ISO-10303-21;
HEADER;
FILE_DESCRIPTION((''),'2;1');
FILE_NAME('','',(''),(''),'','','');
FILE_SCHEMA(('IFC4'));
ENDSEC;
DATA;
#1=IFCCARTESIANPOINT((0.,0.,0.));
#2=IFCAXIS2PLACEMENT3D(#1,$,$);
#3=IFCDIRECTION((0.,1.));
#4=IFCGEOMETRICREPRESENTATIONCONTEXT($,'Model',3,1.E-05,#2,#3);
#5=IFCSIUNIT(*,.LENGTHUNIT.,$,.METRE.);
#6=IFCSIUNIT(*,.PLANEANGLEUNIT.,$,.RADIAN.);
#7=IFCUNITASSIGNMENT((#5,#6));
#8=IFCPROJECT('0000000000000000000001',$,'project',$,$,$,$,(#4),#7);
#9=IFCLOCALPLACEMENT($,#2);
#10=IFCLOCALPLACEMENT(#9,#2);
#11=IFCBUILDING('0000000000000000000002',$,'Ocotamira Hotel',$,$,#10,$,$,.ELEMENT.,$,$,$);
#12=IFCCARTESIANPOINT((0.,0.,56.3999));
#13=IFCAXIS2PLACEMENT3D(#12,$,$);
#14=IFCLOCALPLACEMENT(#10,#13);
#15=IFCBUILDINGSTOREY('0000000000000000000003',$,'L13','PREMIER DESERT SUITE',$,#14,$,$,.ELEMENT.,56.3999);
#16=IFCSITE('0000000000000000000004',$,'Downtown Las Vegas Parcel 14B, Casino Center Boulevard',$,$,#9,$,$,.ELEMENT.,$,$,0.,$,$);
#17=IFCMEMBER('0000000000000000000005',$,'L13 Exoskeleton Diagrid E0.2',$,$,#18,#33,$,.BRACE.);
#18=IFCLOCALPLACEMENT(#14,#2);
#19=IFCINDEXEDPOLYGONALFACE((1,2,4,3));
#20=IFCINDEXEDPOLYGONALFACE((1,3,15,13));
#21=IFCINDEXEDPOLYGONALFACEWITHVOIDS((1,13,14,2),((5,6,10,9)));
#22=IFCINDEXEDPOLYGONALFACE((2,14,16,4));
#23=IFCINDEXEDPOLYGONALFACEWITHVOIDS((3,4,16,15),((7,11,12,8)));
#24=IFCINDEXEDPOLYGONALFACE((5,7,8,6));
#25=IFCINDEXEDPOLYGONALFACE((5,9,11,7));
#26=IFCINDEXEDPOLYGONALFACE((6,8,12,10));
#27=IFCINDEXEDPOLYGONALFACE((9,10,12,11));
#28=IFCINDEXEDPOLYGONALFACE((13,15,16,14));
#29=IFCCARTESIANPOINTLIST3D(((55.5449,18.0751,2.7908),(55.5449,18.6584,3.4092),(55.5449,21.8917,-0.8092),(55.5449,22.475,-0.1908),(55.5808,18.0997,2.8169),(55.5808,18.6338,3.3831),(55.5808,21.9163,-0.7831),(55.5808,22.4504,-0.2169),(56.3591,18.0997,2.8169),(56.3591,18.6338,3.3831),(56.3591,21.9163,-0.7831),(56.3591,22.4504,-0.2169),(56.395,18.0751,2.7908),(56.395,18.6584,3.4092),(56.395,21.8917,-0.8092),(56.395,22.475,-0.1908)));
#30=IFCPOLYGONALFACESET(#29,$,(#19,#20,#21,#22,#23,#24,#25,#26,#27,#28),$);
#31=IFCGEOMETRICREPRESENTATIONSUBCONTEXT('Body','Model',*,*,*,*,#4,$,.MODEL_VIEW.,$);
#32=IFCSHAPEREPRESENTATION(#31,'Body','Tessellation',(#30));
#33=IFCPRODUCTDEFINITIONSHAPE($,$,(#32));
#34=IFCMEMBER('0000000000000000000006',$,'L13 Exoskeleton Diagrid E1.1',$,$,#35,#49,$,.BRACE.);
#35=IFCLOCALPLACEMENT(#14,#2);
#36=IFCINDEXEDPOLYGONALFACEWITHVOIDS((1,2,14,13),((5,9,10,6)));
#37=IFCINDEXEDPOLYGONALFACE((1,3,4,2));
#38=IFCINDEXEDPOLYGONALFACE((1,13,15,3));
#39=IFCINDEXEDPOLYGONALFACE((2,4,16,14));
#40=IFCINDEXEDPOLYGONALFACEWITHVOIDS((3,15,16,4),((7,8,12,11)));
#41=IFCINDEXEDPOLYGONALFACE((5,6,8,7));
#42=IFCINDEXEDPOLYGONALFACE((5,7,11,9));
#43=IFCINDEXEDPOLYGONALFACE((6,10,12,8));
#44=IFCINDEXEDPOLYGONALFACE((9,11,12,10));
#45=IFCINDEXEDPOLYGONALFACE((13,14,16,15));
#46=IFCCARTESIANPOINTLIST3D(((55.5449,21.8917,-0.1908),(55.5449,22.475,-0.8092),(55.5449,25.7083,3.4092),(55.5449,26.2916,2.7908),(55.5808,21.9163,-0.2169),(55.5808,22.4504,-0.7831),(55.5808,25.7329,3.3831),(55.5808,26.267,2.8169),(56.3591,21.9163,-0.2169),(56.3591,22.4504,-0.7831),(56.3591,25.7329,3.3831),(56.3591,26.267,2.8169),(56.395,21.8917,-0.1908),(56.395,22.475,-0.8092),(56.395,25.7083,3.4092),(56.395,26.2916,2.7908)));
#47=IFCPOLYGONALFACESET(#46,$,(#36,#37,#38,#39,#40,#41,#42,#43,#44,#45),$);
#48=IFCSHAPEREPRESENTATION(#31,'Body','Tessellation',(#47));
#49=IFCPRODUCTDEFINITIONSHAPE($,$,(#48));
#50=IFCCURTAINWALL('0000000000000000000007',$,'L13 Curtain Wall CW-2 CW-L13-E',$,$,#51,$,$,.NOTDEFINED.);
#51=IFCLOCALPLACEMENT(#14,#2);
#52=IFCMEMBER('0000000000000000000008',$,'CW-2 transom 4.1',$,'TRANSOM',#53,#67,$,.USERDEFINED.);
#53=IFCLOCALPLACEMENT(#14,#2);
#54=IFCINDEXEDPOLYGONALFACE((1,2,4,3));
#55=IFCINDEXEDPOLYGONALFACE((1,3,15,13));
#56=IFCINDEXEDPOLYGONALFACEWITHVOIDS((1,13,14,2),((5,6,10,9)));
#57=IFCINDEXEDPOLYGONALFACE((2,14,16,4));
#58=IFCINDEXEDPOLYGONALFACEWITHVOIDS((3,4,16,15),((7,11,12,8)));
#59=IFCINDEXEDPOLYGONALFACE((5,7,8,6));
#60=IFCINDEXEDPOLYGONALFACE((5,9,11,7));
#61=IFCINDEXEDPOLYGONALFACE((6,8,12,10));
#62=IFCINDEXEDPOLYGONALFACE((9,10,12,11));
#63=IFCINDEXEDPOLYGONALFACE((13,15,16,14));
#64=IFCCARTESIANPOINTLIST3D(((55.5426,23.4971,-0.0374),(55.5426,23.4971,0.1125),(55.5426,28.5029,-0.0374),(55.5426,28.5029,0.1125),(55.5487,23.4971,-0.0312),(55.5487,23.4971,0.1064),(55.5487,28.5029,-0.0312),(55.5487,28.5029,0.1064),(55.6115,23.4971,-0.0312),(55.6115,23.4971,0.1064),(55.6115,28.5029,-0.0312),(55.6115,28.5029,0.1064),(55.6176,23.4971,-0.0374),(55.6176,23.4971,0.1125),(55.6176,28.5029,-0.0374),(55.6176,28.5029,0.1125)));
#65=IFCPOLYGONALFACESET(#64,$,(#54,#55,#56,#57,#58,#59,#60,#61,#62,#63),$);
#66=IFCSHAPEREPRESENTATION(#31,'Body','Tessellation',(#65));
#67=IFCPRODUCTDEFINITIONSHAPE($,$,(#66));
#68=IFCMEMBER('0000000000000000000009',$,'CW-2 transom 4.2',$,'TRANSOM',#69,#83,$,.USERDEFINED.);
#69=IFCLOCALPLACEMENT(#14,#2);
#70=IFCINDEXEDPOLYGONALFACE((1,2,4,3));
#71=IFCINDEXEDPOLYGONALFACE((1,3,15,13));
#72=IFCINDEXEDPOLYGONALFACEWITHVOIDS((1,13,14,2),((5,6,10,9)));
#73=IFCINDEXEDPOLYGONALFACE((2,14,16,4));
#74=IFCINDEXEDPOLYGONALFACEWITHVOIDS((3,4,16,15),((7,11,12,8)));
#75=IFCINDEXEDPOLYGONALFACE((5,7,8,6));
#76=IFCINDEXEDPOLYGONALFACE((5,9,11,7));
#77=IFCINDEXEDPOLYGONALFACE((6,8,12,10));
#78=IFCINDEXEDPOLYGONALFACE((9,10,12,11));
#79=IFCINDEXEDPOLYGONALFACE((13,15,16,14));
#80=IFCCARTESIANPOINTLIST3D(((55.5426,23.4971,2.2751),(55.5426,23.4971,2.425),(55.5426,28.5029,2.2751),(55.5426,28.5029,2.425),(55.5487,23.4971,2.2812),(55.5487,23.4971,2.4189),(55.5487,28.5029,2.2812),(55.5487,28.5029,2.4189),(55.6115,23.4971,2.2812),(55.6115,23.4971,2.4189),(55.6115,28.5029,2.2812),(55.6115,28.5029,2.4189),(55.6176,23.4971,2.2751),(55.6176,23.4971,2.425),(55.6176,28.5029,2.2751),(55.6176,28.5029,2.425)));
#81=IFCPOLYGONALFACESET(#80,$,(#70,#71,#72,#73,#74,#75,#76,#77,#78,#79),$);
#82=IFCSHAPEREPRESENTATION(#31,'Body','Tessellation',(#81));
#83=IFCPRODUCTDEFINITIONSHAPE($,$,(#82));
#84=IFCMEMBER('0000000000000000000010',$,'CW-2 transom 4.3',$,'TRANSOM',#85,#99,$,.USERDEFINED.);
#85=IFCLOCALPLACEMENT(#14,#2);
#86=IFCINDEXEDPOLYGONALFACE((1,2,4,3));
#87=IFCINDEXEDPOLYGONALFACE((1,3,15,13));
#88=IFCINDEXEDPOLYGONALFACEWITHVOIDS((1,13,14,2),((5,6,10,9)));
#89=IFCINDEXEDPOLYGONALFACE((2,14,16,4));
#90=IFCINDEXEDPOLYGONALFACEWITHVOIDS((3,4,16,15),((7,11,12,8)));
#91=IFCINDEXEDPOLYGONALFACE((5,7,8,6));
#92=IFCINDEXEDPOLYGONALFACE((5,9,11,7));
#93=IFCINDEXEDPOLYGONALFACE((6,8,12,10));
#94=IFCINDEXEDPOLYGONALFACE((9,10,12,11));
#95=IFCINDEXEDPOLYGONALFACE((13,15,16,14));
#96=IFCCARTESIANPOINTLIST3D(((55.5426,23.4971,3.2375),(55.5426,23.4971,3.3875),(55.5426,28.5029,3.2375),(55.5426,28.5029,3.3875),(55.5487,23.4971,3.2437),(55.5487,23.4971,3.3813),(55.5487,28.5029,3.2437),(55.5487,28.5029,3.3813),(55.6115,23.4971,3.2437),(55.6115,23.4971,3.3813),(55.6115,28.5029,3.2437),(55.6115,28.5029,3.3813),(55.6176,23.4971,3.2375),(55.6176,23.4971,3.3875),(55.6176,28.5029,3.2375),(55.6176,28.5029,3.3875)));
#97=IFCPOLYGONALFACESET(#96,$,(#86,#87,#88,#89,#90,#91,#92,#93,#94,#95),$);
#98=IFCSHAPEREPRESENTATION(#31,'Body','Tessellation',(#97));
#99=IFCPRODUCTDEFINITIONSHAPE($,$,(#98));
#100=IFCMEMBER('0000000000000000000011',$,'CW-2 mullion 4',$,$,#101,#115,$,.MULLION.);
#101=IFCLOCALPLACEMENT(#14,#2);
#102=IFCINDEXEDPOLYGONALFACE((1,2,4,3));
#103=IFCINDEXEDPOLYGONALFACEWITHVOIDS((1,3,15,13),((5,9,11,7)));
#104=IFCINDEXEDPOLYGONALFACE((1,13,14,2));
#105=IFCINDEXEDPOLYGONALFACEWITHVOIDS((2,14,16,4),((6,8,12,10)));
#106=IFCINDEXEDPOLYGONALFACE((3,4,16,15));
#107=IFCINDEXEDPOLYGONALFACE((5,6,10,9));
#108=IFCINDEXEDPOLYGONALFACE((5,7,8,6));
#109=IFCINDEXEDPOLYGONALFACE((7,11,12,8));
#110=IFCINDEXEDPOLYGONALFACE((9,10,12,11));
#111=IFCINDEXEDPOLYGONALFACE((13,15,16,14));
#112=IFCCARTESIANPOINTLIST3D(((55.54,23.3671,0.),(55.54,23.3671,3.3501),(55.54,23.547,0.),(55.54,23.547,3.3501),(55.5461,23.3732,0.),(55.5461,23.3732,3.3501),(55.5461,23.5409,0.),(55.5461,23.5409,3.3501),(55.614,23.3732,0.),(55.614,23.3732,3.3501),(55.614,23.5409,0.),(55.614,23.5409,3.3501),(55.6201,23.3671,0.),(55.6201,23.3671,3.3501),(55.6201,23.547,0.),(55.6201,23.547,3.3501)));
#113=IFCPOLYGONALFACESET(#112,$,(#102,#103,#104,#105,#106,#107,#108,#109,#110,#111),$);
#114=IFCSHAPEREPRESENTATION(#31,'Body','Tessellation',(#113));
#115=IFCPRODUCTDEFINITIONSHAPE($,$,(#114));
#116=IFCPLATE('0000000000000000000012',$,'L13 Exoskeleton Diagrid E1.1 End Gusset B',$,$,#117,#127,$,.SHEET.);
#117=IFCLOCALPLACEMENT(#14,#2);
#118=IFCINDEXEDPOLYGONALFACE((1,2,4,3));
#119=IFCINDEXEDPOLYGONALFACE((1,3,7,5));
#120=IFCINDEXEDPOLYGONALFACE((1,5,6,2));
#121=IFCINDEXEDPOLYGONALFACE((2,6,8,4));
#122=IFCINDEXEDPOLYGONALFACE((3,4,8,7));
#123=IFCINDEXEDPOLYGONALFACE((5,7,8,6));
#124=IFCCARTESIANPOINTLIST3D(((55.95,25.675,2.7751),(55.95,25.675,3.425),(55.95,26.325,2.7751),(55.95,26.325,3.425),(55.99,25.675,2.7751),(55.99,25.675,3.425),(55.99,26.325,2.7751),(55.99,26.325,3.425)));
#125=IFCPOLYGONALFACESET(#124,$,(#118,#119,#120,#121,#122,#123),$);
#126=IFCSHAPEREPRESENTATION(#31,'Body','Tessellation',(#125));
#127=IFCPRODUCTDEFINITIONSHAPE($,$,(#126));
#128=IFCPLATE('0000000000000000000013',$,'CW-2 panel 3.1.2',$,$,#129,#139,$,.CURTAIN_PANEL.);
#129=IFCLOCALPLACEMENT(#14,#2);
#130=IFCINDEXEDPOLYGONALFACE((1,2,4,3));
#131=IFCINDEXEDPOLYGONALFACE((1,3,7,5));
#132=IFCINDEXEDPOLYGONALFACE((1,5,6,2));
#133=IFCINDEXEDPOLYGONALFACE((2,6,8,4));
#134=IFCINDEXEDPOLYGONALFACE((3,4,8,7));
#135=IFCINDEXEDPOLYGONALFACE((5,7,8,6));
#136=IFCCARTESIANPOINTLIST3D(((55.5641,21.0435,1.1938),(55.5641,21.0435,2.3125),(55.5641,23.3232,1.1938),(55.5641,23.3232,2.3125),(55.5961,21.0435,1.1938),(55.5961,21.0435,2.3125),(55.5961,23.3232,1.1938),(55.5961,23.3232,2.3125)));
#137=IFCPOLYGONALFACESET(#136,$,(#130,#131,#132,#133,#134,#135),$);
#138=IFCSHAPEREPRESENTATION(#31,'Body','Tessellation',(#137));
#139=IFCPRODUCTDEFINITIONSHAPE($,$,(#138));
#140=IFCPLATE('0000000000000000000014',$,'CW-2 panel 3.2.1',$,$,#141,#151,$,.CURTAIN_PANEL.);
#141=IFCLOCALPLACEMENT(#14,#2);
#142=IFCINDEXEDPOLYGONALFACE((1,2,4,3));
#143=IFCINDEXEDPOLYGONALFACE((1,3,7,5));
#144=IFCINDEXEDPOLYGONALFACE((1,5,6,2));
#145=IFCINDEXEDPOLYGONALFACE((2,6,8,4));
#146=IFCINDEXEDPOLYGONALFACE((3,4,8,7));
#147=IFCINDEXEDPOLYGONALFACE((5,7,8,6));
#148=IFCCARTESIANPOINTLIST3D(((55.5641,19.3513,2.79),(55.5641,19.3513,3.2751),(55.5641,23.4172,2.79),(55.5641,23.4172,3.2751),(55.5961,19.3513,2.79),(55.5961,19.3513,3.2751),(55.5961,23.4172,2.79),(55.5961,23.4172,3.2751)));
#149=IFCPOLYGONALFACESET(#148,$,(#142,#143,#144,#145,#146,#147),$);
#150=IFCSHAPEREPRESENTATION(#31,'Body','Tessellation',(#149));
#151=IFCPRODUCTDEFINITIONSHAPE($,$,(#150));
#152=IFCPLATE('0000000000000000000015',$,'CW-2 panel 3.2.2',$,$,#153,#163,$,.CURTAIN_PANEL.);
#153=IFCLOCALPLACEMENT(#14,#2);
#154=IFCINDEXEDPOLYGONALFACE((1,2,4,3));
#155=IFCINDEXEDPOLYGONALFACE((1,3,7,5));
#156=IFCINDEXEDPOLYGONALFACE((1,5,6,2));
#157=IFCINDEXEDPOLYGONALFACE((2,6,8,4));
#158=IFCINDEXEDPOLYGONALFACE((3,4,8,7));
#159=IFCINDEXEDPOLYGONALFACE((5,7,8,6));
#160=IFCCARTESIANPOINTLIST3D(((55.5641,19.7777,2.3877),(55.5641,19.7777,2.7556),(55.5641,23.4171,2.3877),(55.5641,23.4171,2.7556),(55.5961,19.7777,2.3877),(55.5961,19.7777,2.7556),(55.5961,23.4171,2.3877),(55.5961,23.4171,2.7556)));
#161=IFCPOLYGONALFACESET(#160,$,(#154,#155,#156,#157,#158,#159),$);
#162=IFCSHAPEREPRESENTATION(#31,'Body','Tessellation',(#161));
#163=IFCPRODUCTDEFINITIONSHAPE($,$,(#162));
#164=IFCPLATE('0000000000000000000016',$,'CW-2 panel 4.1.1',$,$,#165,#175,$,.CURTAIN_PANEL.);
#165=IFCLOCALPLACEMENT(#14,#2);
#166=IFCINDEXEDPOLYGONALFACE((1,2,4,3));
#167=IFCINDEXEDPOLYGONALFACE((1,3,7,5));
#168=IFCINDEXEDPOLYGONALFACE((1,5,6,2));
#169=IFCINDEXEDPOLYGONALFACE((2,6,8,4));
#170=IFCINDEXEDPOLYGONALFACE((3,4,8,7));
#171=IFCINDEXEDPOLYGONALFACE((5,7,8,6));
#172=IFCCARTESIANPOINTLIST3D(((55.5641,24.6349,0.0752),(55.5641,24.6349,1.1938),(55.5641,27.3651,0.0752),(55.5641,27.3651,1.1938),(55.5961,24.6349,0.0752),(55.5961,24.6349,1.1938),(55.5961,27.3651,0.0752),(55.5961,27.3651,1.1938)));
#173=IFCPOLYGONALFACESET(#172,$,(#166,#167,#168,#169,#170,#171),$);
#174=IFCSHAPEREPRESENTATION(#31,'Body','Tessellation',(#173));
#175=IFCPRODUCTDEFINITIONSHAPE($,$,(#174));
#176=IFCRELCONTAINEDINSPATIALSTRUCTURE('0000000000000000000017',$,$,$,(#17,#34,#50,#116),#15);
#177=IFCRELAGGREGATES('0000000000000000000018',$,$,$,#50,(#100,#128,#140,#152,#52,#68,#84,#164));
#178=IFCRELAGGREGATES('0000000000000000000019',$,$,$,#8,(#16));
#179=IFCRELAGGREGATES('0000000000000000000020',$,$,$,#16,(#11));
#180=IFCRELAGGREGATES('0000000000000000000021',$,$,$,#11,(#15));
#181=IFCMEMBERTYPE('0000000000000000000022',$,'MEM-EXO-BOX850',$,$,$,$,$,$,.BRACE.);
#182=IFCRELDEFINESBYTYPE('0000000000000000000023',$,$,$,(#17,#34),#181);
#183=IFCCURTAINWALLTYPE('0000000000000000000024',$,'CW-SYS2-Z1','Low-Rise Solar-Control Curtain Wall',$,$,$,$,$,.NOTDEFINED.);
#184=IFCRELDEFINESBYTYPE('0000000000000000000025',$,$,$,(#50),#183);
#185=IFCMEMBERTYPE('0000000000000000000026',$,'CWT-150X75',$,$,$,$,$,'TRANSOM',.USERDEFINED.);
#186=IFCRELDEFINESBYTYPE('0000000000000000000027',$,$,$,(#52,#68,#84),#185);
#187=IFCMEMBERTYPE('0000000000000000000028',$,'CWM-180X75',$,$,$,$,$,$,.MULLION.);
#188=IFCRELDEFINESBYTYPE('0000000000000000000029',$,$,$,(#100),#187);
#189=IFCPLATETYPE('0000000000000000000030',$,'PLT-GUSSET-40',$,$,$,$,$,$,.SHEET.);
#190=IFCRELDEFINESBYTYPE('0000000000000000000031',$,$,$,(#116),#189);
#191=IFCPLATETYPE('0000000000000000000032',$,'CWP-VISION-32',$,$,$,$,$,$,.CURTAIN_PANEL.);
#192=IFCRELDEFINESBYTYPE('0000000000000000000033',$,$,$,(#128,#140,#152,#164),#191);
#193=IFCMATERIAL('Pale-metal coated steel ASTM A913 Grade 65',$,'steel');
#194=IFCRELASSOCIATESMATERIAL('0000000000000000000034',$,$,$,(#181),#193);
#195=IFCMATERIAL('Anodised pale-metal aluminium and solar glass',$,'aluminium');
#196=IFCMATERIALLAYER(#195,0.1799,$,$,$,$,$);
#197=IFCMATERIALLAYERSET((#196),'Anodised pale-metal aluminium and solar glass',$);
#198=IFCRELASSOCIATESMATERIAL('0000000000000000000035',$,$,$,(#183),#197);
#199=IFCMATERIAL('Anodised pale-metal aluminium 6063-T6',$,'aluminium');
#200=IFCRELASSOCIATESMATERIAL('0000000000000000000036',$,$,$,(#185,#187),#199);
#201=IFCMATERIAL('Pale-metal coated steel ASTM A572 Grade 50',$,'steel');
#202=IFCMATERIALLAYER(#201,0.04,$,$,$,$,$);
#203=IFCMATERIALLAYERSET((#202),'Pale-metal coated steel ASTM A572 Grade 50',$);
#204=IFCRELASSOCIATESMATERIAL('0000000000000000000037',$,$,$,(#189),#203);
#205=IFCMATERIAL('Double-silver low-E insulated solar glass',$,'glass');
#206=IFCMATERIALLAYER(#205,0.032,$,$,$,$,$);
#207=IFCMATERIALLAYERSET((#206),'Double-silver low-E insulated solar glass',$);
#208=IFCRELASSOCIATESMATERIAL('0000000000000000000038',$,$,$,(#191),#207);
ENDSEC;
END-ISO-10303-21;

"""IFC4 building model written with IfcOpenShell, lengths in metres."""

from ifc_helpers import new_model, si_unit, direction, frame, origin, origin_2d, place, context, subcontext, project, spatial, rectangle, hollow_rectangle, extrude, source, transform, mapped, material, layer, layer_set, material_profile, profile_set, type_object, element, aggregate, save


model = new_model("IFC4")

# Units and contexts
model_context = context("Model", 3, precision=1e-05, world=origin(), true_north=direction((0.0, 1.0)))
body_context = subcontext(model_context, "Body", "Model", "MODEL_VIEW")
ifc_project = project(units=[si_unit("LENGTHUNIT", "METRE"), si_unit("PLANEANGLEUNIT", "RADIAN")], contexts=[model_context])

# Site, building, storey
site_placement = place(None, origin())
site = spatial("IfcSite", under=ifc_project, at=site_placement, Name="Downtown Las Vegas Parcel 14B, Casino Center Boulevard", CompositionType="ELEMENT", RefElevation=0.0)
building_placement = place(site_placement, origin())
building = spatial("IfcBuilding", under=site, at=building_placement, Name="Ocotamira Hotel", CompositionType="ELEMENT")
storey_placement = place(building_placement, frame((0.0, 0.0, 56.3999)))
storey = spatial("IfcBuildingStorey", under=building, at=storey_placement, Name="L13", Description="PREMIER DESERT SUITE", CompositionType="ELEMENT", Elevation=56.3999)

# Members
ifc_material_1 = material(Name="Pale-metal coated steel ASTM A913 Grade 65", Category="steel")
ifc_material_profile_1 = material_profile(ifc_material_1, hollow_rectangle(XDim=0.8501, YDim=0.8501, WallThickness=0.0359, at=origin_2d()), Name="BOX850X850X36")
ifc_profile_set_1 = profile_set([ifc_material_profile_1], Name="Pale-metal coated steel ASTM A913 Grade 65")
member_type_1 = type_object("IfcMemberType", Name="MEM-EXO-BOX850", PredefinedType="BRACE", material=ifc_profile_set_1)
shared_shape_1 = source(origin(), body_context, "Body", "SweptSolid", [
    extrude(hollow_rectangle(XDim=0.8501, YDim=0.8501, WallThickness=0.0359, at=origin_2d()), origin(), (0.0, 0.0, 1.0), 5.2466),
])
for number, where, z_axis, x_axis, name in (
    (1, (55.97, 22.1833, -0.5), (0.0, -0.727443, 0.686168), (1.0, 0.0, 0.0), "L13 Exoskeleton Diagrid E0.2"),
    (2, (55.97, 22.1833, -0.5), (0.0, 0.727443, 0.686168), (-1.0, 0.0, 0.0), "L13 Exoskeleton Diagrid E1.1"),
):
    element("IfcMember", number, at=place(storey_placement, frame(where, z_axis=z_axis, x_axis=x_axis)), inside=storey, type_object=member_type_1, Name=name, PredefinedType="BRACE", context=body_context, shape_type="MappedRepresentation", body=[
        mapped(shared_shape_1, transform((0.0, 0.0, 0.0), scale=1.0)),
    ])

# Curtain wall, members
ifc_material_2 = material(Name="Anodised pale-metal aluminium and solar glass", Category="aluminium")
ifc_layer_1 = layer(ifc_material_2, 0.1799)
ifc_layer_set_1 = layer_set([ifc_layer_1], Name="Anodised pale-metal aluminium and solar glass")
curtain_wall_type = type_object("IfcCurtainWallType", Name="CW-SYS2-Z1", Description="Low-Rise Solar-Control Curtain Wall", PredefinedType="NOTDEFINED", material=ifc_layer_set_1)
curtain_wall_placement = place(storey_placement, origin())
curtain_wall = element("IfcCurtainWall", 3, at=curtain_wall_placement, inside=storey, type_object=curtain_wall_type, Name="L13 Curtain Wall CW-2 CW-L13-E", PredefinedType="NOTDEFINED")
ifc_material_3 = material(Name="Anodised pale-metal aluminium 6063-T6", Category="aluminium")
ifc_material_profile_2 = material_profile(ifc_material_3, hollow_rectangle(XDim=0.075, YDim=0.1499, WallThickness=0.0061, at=origin_2d()), Name="HSS150X75X6")
ifc_profile_set_2 = profile_set([ifc_material_profile_2], Name="Anodised pale-metal aluminium 6063-T6")
member_type_2 = type_object("IfcMemberType", Name="CWT-150X75", ElementType="TRANSOM", PredefinedType="USERDEFINED", material=ifc_profile_set_2)
shared_shape_2 = source(origin(), body_context, "Body", "SweptSolid", [
    extrude(hollow_rectangle(XDim=0.075, YDim=0.1499, WallThickness=0.0061, at=origin_2d()), origin(), (0.0, 0.0, 1.0), 5.0059),
])
member_1_placement = place(storey_placement, frame((55.5801, 23.4971, 0.0376), z_axis=(0.0, 1.0, 0.0), x_axis=(-1.0, 0.0, 0.0)))
member_1 = element("IfcMember", 4, at=member_1_placement, type_object=member_type_2, Name="CW-2 transom 4.1", ObjectType="TRANSOM", PredefinedType="USERDEFINED", context=body_context, shape_type="MappedRepresentation", body=[
    mapped(shared_shape_2, transform((0.0, 0.0, 0.0), scale=1.0)),
])
member_2_placement = place(storey_placement, frame((55.5801, 23.4971, 2.3501), z_axis=(0.0, 1.0, 0.0), x_axis=(-1.0, 0.0, 0.0)))
member_2 = element("IfcMember", 5, at=member_2_placement, type_object=member_type_2, Name="CW-2 transom 4.2", ObjectType="TRANSOM", PredefinedType="USERDEFINED", context=body_context, shape_type="MappedRepresentation", body=[
    mapped(shared_shape_2, transform((0.0, 0.0, 0.0), scale=1.0)),
])
member_3_placement = place(storey_placement, frame((55.5801, 23.4971, 3.3125), z_axis=(0.0, 1.0, 0.0), x_axis=(-1.0, 0.0, 0.0)))
member_3 = element("IfcMember", 6, at=member_3_placement, type_object=member_type_2, Name="CW-2 transom 4.3", ObjectType="TRANSOM", PredefinedType="USERDEFINED", context=body_context, shape_type="MappedRepresentation", body=[
    mapped(shared_shape_2, transform((0.0, 0.0, 0.0), scale=1.0)),
])
ifc_material_profile_3 = material_profile(ifc_material_3, hollow_rectangle(XDim=0.0801, YDim=0.1799, WallThickness=0.0061, at=origin_2d()), Name="HSS180X80X6")
ifc_profile_set_3 = profile_set([ifc_material_profile_3], Name="Anodised pale-metal aluminium 6063-T6")
member_type_3 = type_object("IfcMemberType", Name="CWM-180X75", PredefinedType="MULLION", material=ifc_profile_set_3)
shared_shape_3 = source(origin(), body_context, "Body", "SweptSolid", [
    extrude(hollow_rectangle(XDim=0.0801, YDim=0.1799, WallThickness=0.0061, at=origin_2d()), origin(), (0.0, 0.0, 1.0), 3.3501),
])
member_4_placement = place(storey_placement, frame((55.5801, 23.457, 0.0), z_axis=(0.0, 0.0, 1.0), x_axis=(-1.0, 0.0, 0.0)))
member_4 = element("IfcMember", 7, at=member_4_placement, type_object=member_type_3, Name="CW-2 mullion 4", PredefinedType="MULLION", context=body_context, shape_type="MappedRepresentation", body=[
    mapped(shared_shape_3, transform((0.0, 0.0, 0.0), scale=1.0)),
])

# Plates
ifc_material_4 = material(Name="Pale-metal coated steel ASTM A572 Grade 50", Category="steel")
ifc_layer_2 = layer(ifc_material_4, 0.04)
ifc_layer_set_2 = layer_set([ifc_layer_2], Name="Pale-metal coated steel ASTM A572 Grade 50")
plate_type_1 = type_object("IfcPlateType", Name="PLT-GUSSET-40", PredefinedType="SHEET", material=ifc_layer_set_2)
shared_shape_4 = source(origin(), body_context, "Body", "SweptSolid", [
    extrude(rectangle(XDim=0.04, YDim=0.6499, at=origin_2d()), origin(), (0.0, 0.0, 1.0), 0.6499),
])
plate_1_placement = place(storey_placement, frame((55.97, 26.0, 2.7751), z_axis=(0.0, 0.0, 1.0), x_axis=(1.0, 0.0, 0.0)))
element("IfcPlate", 8, at=plate_1_placement, inside=storey, type_object=plate_type_1, Name="L13 Exoskeleton Diagrid E1.1 End Gusset B", PredefinedType="SHEET", context=body_context, shape_type="MappedRepresentation", body=[
    mapped(shared_shape_4, transform((0.0, 0.0, 0.0), scale=1.0)),
])
ifc_material_5 = material(Name="Double-silver low-E insulated solar glass", Category="glass")
ifc_layer_3 = layer(ifc_material_5, 0.032)
ifc_layer_set_3 = layer_set([ifc_layer_3], Name="Double-silver low-E insulated solar glass")
plate_type_2 = type_object("IfcPlateType", Name="CWP-VISION-32", PredefinedType="CURTAIN_PANEL", material=ifc_layer_set_3)
shared_shape_5 = source(origin(), body_context, "Body", "SweptSolid", [
    extrude(rectangle(XDim=2.2798, YDim=0.032, at=origin_2d()), origin(), (0.0, 0.0, 1.0), 1.1187),
])
plate_2_placement = place(storey_placement, frame((55.5801, 22.1833, 1.1938), z_axis=(0.0, 0.0, 1.0), x_axis=(0.0, 1.0, 0.0)))
plate_2 = element("IfcPlate", 9, at=plate_2_placement, type_object=plate_type_2, Name="CW-2 panel 3.1.2", PredefinedType="CURTAIN_PANEL", context=body_context, shape_type="MappedRepresentation", body=[
    mapped(shared_shape_5, transform((0.0, 0.0, 0.0), scale=1.0)),
])
shared_shape_6 = source(origin(), body_context, "Body", "SweptSolid", [
    extrude(rectangle(XDim=4.0659, YDim=0.032, at=origin_2d()), origin(), (0.0, 0.0, 1.0), 0.4851),
])
plate_3_placement = place(storey_placement, frame((55.5801, 21.3843, 2.79), z_axis=(0.0, 0.0, 1.0), x_axis=(0.0, 1.0, 0.0)))
plate_3 = element("IfcPlate", 10, at=plate_3_placement, type_object=plate_type_2, Name="CW-2 panel 3.2.1", PredefinedType="CURTAIN_PANEL", context=body_context, shape_type="MappedRepresentation", body=[
    mapped(shared_shape_6, transform((0.0, 0.0, 0.0), scale=1.0)),
])
shared_shape_7 = source(origin(), body_context, "Body", "SweptSolid", [
    extrude(rectangle(XDim=3.6394, YDim=0.032, at=origin_2d()), origin(), (0.0, 0.0, 1.0), 0.3679),
])
plate_4_placement = place(storey_placement, frame((55.5801, 21.5974, 2.3877), z_axis=(0.0, 0.0, 1.0), x_axis=(0.0, 1.0, 0.0)))
plate_4 = element("IfcPlate", 11, at=plate_4_placement, type_object=plate_type_2, Name="CW-2 panel 3.2.2", PredefinedType="CURTAIN_PANEL", context=body_context, shape_type="MappedRepresentation", body=[
    mapped(shared_shape_7, transform((0.0, 0.0, 0.0), scale=1.0)),
])
shared_shape_8 = source(origin(), body_context, "Body", "SweptSolid", [
    extrude(rectangle(XDim=2.7302, YDim=0.032, at=origin_2d()), origin(), (0.0, 0.0, 1.0), 1.1187),
])
plate_5_placement = place(storey_placement, frame((55.5801, 26.0, 0.0752), z_axis=(0.0, 0.0, 1.0), x_axis=(0.0, 1.0, 0.0)))
plate_5 = element("IfcPlate", 12, at=plate_5_placement, type_object=plate_type_2, Name="CW-2 panel 4.1.1", PredefinedType="CURTAIN_PANEL", context=body_context, shape_type="MappedRepresentation", body=[
    mapped(shared_shape_8, transform((0.0, 0.0, 0.0), scale=1.0)),
])
aggregate(curtain_wall, [member_4, plate_2, plate_3, plate_4, member_1, member_2, member_3, plate_5])

save(model, "model.ifc")
